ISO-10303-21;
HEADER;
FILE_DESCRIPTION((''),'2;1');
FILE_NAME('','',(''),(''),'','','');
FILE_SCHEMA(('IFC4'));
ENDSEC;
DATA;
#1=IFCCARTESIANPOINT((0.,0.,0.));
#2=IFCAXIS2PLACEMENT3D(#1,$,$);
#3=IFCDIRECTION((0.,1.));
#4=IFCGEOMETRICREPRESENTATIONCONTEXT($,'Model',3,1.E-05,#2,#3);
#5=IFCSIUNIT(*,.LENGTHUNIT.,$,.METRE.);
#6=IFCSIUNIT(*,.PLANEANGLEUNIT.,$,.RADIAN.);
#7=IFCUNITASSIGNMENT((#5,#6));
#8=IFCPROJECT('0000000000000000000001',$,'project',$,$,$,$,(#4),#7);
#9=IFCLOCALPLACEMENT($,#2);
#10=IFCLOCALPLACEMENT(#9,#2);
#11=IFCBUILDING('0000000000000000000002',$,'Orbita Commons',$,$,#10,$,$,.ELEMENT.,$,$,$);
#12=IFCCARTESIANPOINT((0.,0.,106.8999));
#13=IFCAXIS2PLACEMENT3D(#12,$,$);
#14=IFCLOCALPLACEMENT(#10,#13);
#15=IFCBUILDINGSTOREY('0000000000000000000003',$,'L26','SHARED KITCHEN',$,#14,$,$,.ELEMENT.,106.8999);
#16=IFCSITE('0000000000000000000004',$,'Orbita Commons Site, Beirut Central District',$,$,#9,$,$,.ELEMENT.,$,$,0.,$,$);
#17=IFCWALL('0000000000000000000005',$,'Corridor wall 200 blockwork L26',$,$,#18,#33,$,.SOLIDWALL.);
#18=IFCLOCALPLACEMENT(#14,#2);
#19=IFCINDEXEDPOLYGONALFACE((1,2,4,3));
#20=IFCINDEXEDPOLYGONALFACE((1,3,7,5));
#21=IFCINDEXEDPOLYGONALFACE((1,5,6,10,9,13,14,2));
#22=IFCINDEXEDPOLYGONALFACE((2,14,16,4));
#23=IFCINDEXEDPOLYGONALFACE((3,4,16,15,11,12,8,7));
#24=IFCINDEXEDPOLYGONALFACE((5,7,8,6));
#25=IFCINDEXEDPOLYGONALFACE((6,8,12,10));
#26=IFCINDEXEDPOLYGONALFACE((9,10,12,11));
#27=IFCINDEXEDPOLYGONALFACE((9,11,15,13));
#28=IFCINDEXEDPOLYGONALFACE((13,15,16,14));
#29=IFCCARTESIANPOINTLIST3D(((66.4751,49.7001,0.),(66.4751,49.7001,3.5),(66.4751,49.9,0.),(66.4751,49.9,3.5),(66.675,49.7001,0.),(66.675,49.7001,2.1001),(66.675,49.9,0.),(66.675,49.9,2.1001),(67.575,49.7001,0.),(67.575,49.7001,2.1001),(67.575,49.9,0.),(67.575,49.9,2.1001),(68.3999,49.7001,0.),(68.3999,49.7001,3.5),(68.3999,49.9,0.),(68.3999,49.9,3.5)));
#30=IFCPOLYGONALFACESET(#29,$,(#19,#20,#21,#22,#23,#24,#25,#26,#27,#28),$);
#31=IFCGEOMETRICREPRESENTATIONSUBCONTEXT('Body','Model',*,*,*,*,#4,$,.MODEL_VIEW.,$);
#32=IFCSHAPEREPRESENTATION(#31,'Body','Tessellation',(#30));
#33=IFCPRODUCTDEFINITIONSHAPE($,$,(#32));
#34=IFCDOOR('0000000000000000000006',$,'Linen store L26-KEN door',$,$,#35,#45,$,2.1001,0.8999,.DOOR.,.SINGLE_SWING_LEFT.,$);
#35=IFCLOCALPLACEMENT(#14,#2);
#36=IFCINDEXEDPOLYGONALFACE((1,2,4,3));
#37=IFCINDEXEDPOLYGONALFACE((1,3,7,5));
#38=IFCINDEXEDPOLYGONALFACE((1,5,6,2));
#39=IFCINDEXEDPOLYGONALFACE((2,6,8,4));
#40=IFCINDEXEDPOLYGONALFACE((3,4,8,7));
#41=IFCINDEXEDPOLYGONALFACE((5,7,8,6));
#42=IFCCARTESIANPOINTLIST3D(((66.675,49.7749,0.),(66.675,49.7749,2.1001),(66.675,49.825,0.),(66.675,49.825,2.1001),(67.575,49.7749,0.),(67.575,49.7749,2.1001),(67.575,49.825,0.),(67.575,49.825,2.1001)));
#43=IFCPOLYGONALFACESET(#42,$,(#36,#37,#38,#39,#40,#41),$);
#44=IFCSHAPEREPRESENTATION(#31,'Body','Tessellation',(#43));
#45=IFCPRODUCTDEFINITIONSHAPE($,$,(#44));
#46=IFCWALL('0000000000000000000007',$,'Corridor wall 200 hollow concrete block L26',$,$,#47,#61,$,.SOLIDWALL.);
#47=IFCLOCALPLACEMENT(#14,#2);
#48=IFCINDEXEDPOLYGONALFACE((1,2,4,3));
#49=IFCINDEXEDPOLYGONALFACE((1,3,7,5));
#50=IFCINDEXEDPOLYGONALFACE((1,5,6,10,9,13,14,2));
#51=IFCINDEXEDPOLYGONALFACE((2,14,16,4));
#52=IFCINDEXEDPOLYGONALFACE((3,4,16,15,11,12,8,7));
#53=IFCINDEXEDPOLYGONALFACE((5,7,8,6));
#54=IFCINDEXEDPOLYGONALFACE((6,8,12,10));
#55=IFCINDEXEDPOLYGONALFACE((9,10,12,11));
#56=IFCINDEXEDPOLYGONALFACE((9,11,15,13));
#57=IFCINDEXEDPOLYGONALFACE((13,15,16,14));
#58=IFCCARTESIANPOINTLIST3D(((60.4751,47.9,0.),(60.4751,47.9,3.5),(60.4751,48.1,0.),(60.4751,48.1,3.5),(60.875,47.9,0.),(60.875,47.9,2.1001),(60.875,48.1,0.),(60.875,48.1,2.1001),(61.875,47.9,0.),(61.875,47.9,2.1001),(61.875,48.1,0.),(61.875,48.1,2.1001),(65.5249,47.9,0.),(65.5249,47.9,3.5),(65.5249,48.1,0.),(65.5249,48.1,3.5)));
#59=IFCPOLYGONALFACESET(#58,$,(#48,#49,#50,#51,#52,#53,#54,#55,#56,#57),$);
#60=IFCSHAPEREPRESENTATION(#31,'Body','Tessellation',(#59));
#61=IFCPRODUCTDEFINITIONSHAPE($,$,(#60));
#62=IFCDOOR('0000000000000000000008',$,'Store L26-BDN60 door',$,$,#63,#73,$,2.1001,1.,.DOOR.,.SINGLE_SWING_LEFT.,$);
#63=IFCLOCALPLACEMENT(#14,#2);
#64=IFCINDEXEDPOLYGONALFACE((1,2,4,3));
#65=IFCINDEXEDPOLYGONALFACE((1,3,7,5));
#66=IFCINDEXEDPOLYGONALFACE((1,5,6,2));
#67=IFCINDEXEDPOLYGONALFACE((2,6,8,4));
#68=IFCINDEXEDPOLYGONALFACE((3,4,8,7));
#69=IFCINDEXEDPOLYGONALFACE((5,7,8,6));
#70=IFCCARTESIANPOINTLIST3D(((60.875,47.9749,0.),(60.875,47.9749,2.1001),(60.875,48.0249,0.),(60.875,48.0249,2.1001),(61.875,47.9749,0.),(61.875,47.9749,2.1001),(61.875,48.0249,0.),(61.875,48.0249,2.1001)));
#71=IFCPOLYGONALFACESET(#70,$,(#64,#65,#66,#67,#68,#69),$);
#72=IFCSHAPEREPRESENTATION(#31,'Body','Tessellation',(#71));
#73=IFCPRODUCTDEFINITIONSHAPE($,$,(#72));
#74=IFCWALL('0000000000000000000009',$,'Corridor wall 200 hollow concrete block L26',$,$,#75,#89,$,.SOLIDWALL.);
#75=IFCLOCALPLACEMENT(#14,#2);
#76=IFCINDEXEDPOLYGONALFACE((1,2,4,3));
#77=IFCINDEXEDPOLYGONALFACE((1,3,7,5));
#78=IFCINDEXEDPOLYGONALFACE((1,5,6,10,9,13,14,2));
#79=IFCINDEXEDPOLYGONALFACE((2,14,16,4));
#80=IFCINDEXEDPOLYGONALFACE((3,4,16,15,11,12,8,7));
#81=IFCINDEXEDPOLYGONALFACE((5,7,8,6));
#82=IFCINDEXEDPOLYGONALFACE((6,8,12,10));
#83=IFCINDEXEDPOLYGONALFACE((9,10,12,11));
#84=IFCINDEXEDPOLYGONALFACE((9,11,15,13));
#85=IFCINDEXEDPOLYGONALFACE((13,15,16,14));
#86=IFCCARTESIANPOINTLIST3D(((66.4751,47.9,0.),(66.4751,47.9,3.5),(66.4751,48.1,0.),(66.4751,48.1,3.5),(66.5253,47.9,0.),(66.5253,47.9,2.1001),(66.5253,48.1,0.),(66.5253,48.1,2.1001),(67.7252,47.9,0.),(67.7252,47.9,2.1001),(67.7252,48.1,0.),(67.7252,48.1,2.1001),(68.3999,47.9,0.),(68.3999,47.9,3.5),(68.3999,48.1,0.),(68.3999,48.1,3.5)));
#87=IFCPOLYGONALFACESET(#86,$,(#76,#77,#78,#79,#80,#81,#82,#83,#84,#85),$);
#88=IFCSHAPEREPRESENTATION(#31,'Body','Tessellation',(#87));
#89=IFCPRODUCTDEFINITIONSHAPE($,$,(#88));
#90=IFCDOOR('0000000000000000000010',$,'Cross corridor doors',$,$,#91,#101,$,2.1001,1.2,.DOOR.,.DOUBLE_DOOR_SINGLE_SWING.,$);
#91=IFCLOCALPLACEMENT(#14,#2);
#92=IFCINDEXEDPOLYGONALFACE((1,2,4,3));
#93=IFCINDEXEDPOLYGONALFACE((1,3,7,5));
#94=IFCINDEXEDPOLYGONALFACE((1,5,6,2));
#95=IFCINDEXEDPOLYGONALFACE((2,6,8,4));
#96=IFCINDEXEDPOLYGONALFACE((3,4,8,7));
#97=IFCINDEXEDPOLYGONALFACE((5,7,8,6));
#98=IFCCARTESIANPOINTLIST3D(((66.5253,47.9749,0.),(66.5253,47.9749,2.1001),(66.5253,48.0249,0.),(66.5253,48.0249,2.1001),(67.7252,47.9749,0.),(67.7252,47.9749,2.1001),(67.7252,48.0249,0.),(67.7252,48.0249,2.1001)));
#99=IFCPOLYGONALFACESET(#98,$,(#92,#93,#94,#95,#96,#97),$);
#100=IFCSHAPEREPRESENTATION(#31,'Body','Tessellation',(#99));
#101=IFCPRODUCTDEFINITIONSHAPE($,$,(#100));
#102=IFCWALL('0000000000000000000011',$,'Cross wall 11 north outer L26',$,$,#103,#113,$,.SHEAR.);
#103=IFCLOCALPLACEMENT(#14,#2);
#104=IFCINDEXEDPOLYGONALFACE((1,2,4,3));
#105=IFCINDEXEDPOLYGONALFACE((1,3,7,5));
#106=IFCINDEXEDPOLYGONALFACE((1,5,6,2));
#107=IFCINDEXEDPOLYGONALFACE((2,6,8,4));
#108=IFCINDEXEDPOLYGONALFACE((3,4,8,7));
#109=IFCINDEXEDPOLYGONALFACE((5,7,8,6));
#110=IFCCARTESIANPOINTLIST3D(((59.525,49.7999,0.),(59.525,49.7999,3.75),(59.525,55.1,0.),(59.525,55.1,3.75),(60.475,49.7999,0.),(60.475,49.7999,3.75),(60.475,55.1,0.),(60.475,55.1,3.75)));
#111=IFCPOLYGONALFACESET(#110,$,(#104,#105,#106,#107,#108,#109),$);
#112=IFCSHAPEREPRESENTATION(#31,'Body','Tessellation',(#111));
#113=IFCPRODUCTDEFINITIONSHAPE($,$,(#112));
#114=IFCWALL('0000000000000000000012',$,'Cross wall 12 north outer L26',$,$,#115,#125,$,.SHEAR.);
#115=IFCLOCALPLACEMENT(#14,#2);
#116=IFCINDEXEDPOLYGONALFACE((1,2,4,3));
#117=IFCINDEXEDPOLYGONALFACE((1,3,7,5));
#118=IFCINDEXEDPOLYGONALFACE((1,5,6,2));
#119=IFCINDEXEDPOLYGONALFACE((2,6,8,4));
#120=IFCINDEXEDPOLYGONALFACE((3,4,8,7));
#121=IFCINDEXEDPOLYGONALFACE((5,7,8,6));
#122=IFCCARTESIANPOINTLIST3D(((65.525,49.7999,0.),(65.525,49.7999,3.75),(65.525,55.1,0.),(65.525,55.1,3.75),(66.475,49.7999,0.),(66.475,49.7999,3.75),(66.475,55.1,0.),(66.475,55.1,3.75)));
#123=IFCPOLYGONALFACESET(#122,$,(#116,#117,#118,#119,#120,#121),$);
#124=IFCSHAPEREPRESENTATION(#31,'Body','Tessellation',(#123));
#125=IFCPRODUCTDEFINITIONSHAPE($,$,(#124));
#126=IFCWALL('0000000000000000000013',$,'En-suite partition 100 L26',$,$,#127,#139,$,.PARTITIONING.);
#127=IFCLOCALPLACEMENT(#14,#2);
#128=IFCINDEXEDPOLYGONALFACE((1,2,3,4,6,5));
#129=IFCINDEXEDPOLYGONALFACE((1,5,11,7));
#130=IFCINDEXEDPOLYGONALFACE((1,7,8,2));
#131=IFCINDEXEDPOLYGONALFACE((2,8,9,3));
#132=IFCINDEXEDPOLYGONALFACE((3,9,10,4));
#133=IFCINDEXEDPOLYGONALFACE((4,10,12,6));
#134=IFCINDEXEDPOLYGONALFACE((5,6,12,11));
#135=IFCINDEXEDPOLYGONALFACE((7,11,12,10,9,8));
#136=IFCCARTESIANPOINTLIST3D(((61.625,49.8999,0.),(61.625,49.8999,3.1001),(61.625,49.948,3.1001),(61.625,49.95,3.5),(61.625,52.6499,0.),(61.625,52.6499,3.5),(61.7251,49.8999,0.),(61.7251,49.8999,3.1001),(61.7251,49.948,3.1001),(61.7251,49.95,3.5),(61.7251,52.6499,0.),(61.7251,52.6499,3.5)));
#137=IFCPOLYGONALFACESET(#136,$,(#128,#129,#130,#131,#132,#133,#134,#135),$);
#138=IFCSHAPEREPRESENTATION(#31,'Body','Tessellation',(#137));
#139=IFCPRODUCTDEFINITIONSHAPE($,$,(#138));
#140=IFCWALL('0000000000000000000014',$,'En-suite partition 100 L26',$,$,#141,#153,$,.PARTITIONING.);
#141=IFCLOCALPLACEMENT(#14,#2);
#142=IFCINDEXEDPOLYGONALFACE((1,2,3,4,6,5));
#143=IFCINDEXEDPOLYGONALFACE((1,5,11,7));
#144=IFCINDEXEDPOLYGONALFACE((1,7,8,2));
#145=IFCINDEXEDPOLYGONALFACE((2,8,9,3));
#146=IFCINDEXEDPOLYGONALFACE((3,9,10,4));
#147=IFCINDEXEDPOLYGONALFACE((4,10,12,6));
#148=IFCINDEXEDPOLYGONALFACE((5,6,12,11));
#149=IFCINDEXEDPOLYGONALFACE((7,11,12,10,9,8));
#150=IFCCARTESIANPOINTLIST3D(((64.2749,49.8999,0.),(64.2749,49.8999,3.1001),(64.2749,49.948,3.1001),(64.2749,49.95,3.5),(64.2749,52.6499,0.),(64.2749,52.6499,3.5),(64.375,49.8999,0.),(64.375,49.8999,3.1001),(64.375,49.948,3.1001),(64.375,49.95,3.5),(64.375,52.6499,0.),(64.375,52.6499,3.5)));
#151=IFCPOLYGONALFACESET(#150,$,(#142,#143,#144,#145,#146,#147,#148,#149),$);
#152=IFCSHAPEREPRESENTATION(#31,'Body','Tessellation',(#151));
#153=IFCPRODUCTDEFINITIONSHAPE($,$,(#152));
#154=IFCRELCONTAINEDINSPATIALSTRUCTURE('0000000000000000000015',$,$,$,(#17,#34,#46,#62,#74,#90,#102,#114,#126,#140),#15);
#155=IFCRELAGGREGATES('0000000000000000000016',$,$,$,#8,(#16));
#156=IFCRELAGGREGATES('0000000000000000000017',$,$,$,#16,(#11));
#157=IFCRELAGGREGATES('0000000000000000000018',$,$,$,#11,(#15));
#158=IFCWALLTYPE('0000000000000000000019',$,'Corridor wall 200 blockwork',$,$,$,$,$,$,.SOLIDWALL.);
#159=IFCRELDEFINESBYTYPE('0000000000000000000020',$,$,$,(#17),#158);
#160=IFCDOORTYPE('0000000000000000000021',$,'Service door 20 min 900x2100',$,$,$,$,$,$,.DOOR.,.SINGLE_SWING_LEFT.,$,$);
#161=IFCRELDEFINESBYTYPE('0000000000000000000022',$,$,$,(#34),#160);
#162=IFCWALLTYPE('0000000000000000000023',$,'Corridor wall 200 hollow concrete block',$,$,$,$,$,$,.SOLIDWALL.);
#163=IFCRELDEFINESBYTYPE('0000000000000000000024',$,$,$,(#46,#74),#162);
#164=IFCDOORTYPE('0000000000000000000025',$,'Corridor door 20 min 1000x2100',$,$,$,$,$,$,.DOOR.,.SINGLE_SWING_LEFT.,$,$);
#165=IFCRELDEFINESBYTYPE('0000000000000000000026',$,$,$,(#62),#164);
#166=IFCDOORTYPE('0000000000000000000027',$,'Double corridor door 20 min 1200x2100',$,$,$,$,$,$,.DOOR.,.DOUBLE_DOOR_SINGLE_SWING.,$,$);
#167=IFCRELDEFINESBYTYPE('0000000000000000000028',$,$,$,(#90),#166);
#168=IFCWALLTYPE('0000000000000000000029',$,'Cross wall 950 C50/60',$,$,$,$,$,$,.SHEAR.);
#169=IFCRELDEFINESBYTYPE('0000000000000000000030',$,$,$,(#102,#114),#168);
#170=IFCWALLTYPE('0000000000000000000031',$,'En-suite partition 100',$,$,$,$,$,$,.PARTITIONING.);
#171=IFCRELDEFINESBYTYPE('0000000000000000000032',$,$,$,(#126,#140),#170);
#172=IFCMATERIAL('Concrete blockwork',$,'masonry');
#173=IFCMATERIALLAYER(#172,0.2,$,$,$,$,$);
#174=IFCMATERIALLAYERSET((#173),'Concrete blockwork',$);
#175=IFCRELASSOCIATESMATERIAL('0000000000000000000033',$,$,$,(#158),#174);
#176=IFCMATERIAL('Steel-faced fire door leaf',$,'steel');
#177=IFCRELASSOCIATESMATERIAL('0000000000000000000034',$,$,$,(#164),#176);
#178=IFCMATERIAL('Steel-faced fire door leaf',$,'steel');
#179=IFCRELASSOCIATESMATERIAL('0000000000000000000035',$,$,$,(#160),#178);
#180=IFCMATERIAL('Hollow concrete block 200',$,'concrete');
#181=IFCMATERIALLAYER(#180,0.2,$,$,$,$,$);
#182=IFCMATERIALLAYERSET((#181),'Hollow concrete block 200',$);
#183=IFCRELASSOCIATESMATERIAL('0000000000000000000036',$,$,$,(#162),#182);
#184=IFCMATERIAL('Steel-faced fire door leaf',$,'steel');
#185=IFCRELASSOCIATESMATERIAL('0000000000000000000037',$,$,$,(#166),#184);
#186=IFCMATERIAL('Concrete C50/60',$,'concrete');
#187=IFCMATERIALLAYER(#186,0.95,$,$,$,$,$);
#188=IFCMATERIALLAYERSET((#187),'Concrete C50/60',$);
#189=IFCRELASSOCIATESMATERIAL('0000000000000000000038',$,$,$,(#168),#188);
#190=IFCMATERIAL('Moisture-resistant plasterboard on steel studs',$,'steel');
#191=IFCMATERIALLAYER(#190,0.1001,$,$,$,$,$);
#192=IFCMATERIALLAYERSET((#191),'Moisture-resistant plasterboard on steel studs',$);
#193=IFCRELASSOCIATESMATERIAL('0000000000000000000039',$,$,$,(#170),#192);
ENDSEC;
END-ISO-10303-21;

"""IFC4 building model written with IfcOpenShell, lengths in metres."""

from ifc_helpers import new_model, si_unit, direction, frame, frame_2d, origin, place, context, subcontext, project, spatial, polyline, rectangle, outline, extrude, material, layer, layer_set, type_object, element, fill, save


model = new_model("IFC4")

# Units and contexts
model_context = context("Model", 3, precision=1e-05, world=origin(), true_north=direction((0.0, 1.0)))
body_context = subcontext(model_context, "Body", "Model", "MODEL_VIEW")
ifc_project = project(units=[si_unit("LENGTHUNIT", "METRE"), si_unit("PLANEANGLEUNIT", "RADIAN")], contexts=[model_context])

# Site, building, storey
site_placement = place(None, origin())
site = spatial("IfcSite", under=ifc_project, at=site_placement, Name="Orbita Commons Site, Beirut Central District", CompositionType="ELEMENT", RefElevation=0.0)
building_placement = place(site_placement, origin())
building = spatial("IfcBuilding", under=site, at=building_placement, Name="Orbita Commons", CompositionType="ELEMENT")
storey_placement = place(building_placement, frame((0.0, 0.0, 106.8999)))
storey = spatial("IfcBuildingStorey", under=building, at=storey_placement, Name="L26", Description="SHARED KITCHEN", CompositionType="ELEMENT", Elevation=106.8999)

# Shared definitions
ifc_material_1 = material(Name="Concrete blockwork", Category="masonry")
ifc_layer_1 = layer(ifc_material_1, 0.2)
ifc_layer_set_1 = layer_set([ifc_layer_1], Name="Concrete blockwork")
wall_type_1 = type_object("IfcWallType", Name="Corridor wall 200 blockwork", PredefinedType="SOLIDWALL", material=ifc_layer_set_1)
ifc_material_2 = material(Name="Steel-faced fire door leaf", Category="steel")
door_type_1 = type_object("IfcDoorType", Name="Corridor door 20 min 1000x2100", OperationType="SINGLE_SWING_LEFT", PredefinedType="DOOR", material=ifc_material_2)

# Walls, openings, doors
wall_1_placement = place(storey_placement, frame((66.4751, 49.8, 0.0), z_axis=(0.0, 0.0, 1.0), x_axis=(1.0, 0.0, 0.0)))
wall_1 = element("IfcWall", 1, at=wall_1_placement, inside=storey, type_object=wall_type_1, Name="Corridor wall 200 blockwork L26", PredefinedType="SOLIDWALL", context=body_context, shape_type="SweptSolid", body=[
    extrude(rectangle(XDim=1.9248, YDim=0.2, at=frame_2d((0.9624, 0.0))), origin(), (0.0, 0.0, 1.0), 3.5),
])
opening_1_placement = place(wall_1_placement, frame((0.2, 0.0, 0.0)))
opening_1 = element("IfcOpeningElement", 2, at=opening_1_placement, cuts=wall_1, PredefinedType="OPENING", context=body_context, shape_type="SweptSolid", body=[
    extrude(rectangle(XDim=0.8999, YDim=2.1001, at=frame_2d((0.45, 1.05))), frame((0.0, 0.1099, 0.0), z_axis=(0.0, -1.0, 0.0), x_axis=(1.0, 0.0, 0.0)), (0.0, 0.0, 1.0), 0.22),
])
ifc_material_3 = material(Name="Steel-faced fire door leaf", Category="steel")
door_type_2 = type_object("IfcDoorType", Name="Service door 20 min 900x2100", OperationType="SINGLE_SWING_LEFT", PredefinedType="DOOR", material=ifc_material_3)
door_1_placement = place(opening_1_placement, origin())
door_1 = element("IfcDoor", 3, at=door_1_placement, inside=storey, type_object=door_type_2, Name="Linen store L26-KEN door", OperationType="SINGLE_SWING_LEFT", OverallHeight=2.1001, OverallWidth=0.8999, PredefinedType="DOOR", context=body_context, shape_type="SweptSolid", body=[
    extrude(rectangle(XDim=0.8999, YDim=2.1001, at=frame_2d((0.45, 1.05))), frame((0.0, 0.0249, 0.0), z_axis=(0.0, -1.0, 0.0), x_axis=(1.0, 0.0, 0.0)), (0.0, 0.0, 1.0), 0.05),
])
fill(opening_1, door_1)
ifc_material_4 = material(Name="Hollow concrete block 200", Category="concrete")
ifc_layer_2 = layer(ifc_material_4, 0.2)
ifc_layer_set_2 = layer_set([ifc_layer_2], Name="Hollow concrete block 200")
wall_type_2 = type_object("IfcWallType", Name="Corridor wall 200 hollow concrete block", PredefinedType="SOLIDWALL", material=ifc_layer_set_2)
wall_2_placement = place(storey_placement, frame((60.4751, 48.0, 0.0), z_axis=(0.0, 0.0, 1.0), x_axis=(1.0, 0.0, 0.0)))
wall_2 = element("IfcWall", 4, at=wall_2_placement, inside=storey, type_object=wall_type_2, Name="Corridor wall 200 hollow concrete block L26", PredefinedType="SOLIDWALL", context=body_context, shape_type="SweptSolid", body=[
    extrude(rectangle(XDim=5.0498, YDim=0.2, at=frame_2d((2.5249, 0.0))), origin(), (0.0, 0.0, 1.0), 3.5),
])
opening_2_placement = place(wall_2_placement, frame((0.3999, 0.0, 0.0)))
opening_2 = element("IfcOpeningElement", 5, at=opening_2_placement, cuts=wall_2, PredefinedType="OPENING", context=body_context, shape_type="SweptSolid", body=[
    extrude(rectangle(XDim=1.0, YDim=2.1001, at=frame_2d((0.5, 1.05))), frame((0.0, 0.1099, 0.0), z_axis=(0.0, -1.0, 0.0), x_axis=(1.0, 0.0, 0.0)), (0.0, 0.0, 1.0), 0.22),
])
door_2_placement = place(opening_2_placement, origin())
door_2 = element("IfcDoor", 6, at=door_2_placement, inside=storey, type_object=door_type_1, Name="Store L26-BDN60 door", OperationType="SINGLE_SWING_LEFT", OverallHeight=2.1001, OverallWidth=1.0, PredefinedType="DOOR", context=body_context, shape_type="SweptSolid", body=[
    extrude(rectangle(XDim=1.0, YDim=2.1001, at=frame_2d((0.5, 1.05))), frame((0.0, 0.0249, 0.0), z_axis=(0.0, -1.0, 0.0), x_axis=(1.0, 0.0, 0.0)), (0.0, 0.0, 1.0), 0.05),
])
fill(opening_2, door_2)
wall_3_placement = place(storey_placement, frame((66.4751, 48.0, 0.0), z_axis=(0.0, 0.0, 1.0), x_axis=(1.0, 0.0, 0.0)))
wall_3 = element("IfcWall", 7, at=wall_3_placement, inside=storey, type_object=wall_type_2, Name="Corridor wall 200 hollow concrete block L26", PredefinedType="SOLIDWALL", context=body_context, shape_type="SweptSolid", body=[
    extrude(rectangle(XDim=1.9248, YDim=0.2, at=frame_2d((0.9624, 0.0))), origin(), (0.0, 0.0, 1.0), 3.5),
])
opening_3_placement = place(wall_3_placement, frame((0.05, 0.0, 0.0)))
opening_3 = element("IfcOpeningElement", 8, at=opening_3_placement, cuts=wall_3, PredefinedType="OPENING", context=body_context, shape_type="SweptSolid", body=[
    extrude(rectangle(XDim=1.2, YDim=2.1001, at=frame_2d((0.6001, 1.05))), frame((0.0, 0.1099, 0.0), z_axis=(0.0, -1.0, 0.0), x_axis=(1.0, 0.0, 0.0)), (0.0, 0.0, 1.0), 0.22),
])
ifc_material_5 = material(Name="Steel-faced fire door leaf", Category="steel")
door_type_3 = type_object("IfcDoorType", Name="Double corridor door 20 min 1200x2100", OperationType="DOUBLE_DOOR_SINGLE_SWING", PredefinedType="DOOR", material=ifc_material_5)
door_3_placement = place(opening_3_placement, origin())
door_3 = element("IfcDoor", 9, at=door_3_placement, inside=storey, type_object=door_type_3, Name="Cross corridor doors", OperationType="DOUBLE_DOOR_SINGLE_SWING", OverallHeight=2.1001, OverallWidth=1.2, PredefinedType="DOOR", context=body_context, shape_type="SweptSolid", body=[
    extrude(rectangle(XDim=1.2, YDim=2.1001, at=frame_2d((0.6001, 1.05))), frame((0.0, 0.0249, 0.0), z_axis=(0.0, -1.0, 0.0), x_axis=(1.0, 0.0, 0.0)), (0.0, 0.0, 1.0), 0.05),
])
fill(opening_3, door_3)

# Walls
ifc_material_6 = material(Name="Concrete C50/60", Category="concrete")
ifc_layer_3 = layer(ifc_material_6, 0.95)
ifc_layer_set_3 = layer_set([ifc_layer_3], Name="Concrete C50/60")
wall_type_3 = type_object("IfcWallType", Name="Cross wall 950 C50/60", PredefinedType="SHEAR", material=ifc_layer_set_3)
for number, where, z_axis, x_axis, name in (
    (10, (60.0, 49.8, 0.0), (0.0, 0.0, 1.0), (0.0, 1.0, 0.0), "Cross wall 11 north outer L26"),
    (11, (66.0, 49.8, 0.0), (0.0, 0.0, 1.0), (0.0, 1.0, 0.0), "Cross wall 12 north outer L26"),
):
    element("IfcWall", number, at=place(storey_placement, frame(where, z_axis=z_axis, x_axis=x_axis)), inside=storey, type_object=wall_type_3, Name=name, PredefinedType="SHEAR", context=body_context, shape_type="SweptSolid", body=[
        extrude(rectangle(XDim=5.3, YDim=0.95, at=frame_2d((2.6499, 0.0))), origin(), (0.0, 0.0, 1.0), 3.75),
    ])
ifc_material_7 = material(Name="Moisture-resistant plasterboard on steel studs", Category="steel")
ifc_layer_4 = layer(ifc_material_7, 0.1001)
ifc_layer_set_4 = layer_set([ifc_layer_4], Name="Moisture-resistant plasterboard on steel studs")
wall_type_4 = type_object("IfcWallType", Name="En-suite partition 100", PredefinedType="PARTITIONING", material=ifc_layer_set_4)
for number, where, z_axis, x_axis, name in (
    (12, (61.675, 52.6499, 0.0), (0.0, 0.0, 1.0), (0.0, -1.0, 0.0), "En-suite partition 100 L26"),
    (13, (64.325, 52.6499, 0.0), (0.0, 0.0, 1.0), (0.0, -1.0, 0.0), "En-suite partition 100 L26"),
):
    element("IfcWall", number, at=place(storey_placement, frame(where, z_axis=z_axis, x_axis=x_axis)), inside=storey, type_object=wall_type_4, Name=name, PredefinedType="PARTITIONING", context=body_context, shape_type="SweptSolid", body=[
        extrude(outline(polyline([(0.0, 0.0), (2.75, 0.0), (2.75, 3.1001), (2.7019, 3.1001), (2.7, 3.5), (0.0, 3.5), (0.0, 0.0)])), frame((0.0, 0.05, 0.0), z_axis=(0.0, -1.0, 0.0), x_axis=(1.0, 0.0, 0.0)), (0.0, 0.0, 1.0), 0.1001),
    ])

save(model, "model.ifc")
